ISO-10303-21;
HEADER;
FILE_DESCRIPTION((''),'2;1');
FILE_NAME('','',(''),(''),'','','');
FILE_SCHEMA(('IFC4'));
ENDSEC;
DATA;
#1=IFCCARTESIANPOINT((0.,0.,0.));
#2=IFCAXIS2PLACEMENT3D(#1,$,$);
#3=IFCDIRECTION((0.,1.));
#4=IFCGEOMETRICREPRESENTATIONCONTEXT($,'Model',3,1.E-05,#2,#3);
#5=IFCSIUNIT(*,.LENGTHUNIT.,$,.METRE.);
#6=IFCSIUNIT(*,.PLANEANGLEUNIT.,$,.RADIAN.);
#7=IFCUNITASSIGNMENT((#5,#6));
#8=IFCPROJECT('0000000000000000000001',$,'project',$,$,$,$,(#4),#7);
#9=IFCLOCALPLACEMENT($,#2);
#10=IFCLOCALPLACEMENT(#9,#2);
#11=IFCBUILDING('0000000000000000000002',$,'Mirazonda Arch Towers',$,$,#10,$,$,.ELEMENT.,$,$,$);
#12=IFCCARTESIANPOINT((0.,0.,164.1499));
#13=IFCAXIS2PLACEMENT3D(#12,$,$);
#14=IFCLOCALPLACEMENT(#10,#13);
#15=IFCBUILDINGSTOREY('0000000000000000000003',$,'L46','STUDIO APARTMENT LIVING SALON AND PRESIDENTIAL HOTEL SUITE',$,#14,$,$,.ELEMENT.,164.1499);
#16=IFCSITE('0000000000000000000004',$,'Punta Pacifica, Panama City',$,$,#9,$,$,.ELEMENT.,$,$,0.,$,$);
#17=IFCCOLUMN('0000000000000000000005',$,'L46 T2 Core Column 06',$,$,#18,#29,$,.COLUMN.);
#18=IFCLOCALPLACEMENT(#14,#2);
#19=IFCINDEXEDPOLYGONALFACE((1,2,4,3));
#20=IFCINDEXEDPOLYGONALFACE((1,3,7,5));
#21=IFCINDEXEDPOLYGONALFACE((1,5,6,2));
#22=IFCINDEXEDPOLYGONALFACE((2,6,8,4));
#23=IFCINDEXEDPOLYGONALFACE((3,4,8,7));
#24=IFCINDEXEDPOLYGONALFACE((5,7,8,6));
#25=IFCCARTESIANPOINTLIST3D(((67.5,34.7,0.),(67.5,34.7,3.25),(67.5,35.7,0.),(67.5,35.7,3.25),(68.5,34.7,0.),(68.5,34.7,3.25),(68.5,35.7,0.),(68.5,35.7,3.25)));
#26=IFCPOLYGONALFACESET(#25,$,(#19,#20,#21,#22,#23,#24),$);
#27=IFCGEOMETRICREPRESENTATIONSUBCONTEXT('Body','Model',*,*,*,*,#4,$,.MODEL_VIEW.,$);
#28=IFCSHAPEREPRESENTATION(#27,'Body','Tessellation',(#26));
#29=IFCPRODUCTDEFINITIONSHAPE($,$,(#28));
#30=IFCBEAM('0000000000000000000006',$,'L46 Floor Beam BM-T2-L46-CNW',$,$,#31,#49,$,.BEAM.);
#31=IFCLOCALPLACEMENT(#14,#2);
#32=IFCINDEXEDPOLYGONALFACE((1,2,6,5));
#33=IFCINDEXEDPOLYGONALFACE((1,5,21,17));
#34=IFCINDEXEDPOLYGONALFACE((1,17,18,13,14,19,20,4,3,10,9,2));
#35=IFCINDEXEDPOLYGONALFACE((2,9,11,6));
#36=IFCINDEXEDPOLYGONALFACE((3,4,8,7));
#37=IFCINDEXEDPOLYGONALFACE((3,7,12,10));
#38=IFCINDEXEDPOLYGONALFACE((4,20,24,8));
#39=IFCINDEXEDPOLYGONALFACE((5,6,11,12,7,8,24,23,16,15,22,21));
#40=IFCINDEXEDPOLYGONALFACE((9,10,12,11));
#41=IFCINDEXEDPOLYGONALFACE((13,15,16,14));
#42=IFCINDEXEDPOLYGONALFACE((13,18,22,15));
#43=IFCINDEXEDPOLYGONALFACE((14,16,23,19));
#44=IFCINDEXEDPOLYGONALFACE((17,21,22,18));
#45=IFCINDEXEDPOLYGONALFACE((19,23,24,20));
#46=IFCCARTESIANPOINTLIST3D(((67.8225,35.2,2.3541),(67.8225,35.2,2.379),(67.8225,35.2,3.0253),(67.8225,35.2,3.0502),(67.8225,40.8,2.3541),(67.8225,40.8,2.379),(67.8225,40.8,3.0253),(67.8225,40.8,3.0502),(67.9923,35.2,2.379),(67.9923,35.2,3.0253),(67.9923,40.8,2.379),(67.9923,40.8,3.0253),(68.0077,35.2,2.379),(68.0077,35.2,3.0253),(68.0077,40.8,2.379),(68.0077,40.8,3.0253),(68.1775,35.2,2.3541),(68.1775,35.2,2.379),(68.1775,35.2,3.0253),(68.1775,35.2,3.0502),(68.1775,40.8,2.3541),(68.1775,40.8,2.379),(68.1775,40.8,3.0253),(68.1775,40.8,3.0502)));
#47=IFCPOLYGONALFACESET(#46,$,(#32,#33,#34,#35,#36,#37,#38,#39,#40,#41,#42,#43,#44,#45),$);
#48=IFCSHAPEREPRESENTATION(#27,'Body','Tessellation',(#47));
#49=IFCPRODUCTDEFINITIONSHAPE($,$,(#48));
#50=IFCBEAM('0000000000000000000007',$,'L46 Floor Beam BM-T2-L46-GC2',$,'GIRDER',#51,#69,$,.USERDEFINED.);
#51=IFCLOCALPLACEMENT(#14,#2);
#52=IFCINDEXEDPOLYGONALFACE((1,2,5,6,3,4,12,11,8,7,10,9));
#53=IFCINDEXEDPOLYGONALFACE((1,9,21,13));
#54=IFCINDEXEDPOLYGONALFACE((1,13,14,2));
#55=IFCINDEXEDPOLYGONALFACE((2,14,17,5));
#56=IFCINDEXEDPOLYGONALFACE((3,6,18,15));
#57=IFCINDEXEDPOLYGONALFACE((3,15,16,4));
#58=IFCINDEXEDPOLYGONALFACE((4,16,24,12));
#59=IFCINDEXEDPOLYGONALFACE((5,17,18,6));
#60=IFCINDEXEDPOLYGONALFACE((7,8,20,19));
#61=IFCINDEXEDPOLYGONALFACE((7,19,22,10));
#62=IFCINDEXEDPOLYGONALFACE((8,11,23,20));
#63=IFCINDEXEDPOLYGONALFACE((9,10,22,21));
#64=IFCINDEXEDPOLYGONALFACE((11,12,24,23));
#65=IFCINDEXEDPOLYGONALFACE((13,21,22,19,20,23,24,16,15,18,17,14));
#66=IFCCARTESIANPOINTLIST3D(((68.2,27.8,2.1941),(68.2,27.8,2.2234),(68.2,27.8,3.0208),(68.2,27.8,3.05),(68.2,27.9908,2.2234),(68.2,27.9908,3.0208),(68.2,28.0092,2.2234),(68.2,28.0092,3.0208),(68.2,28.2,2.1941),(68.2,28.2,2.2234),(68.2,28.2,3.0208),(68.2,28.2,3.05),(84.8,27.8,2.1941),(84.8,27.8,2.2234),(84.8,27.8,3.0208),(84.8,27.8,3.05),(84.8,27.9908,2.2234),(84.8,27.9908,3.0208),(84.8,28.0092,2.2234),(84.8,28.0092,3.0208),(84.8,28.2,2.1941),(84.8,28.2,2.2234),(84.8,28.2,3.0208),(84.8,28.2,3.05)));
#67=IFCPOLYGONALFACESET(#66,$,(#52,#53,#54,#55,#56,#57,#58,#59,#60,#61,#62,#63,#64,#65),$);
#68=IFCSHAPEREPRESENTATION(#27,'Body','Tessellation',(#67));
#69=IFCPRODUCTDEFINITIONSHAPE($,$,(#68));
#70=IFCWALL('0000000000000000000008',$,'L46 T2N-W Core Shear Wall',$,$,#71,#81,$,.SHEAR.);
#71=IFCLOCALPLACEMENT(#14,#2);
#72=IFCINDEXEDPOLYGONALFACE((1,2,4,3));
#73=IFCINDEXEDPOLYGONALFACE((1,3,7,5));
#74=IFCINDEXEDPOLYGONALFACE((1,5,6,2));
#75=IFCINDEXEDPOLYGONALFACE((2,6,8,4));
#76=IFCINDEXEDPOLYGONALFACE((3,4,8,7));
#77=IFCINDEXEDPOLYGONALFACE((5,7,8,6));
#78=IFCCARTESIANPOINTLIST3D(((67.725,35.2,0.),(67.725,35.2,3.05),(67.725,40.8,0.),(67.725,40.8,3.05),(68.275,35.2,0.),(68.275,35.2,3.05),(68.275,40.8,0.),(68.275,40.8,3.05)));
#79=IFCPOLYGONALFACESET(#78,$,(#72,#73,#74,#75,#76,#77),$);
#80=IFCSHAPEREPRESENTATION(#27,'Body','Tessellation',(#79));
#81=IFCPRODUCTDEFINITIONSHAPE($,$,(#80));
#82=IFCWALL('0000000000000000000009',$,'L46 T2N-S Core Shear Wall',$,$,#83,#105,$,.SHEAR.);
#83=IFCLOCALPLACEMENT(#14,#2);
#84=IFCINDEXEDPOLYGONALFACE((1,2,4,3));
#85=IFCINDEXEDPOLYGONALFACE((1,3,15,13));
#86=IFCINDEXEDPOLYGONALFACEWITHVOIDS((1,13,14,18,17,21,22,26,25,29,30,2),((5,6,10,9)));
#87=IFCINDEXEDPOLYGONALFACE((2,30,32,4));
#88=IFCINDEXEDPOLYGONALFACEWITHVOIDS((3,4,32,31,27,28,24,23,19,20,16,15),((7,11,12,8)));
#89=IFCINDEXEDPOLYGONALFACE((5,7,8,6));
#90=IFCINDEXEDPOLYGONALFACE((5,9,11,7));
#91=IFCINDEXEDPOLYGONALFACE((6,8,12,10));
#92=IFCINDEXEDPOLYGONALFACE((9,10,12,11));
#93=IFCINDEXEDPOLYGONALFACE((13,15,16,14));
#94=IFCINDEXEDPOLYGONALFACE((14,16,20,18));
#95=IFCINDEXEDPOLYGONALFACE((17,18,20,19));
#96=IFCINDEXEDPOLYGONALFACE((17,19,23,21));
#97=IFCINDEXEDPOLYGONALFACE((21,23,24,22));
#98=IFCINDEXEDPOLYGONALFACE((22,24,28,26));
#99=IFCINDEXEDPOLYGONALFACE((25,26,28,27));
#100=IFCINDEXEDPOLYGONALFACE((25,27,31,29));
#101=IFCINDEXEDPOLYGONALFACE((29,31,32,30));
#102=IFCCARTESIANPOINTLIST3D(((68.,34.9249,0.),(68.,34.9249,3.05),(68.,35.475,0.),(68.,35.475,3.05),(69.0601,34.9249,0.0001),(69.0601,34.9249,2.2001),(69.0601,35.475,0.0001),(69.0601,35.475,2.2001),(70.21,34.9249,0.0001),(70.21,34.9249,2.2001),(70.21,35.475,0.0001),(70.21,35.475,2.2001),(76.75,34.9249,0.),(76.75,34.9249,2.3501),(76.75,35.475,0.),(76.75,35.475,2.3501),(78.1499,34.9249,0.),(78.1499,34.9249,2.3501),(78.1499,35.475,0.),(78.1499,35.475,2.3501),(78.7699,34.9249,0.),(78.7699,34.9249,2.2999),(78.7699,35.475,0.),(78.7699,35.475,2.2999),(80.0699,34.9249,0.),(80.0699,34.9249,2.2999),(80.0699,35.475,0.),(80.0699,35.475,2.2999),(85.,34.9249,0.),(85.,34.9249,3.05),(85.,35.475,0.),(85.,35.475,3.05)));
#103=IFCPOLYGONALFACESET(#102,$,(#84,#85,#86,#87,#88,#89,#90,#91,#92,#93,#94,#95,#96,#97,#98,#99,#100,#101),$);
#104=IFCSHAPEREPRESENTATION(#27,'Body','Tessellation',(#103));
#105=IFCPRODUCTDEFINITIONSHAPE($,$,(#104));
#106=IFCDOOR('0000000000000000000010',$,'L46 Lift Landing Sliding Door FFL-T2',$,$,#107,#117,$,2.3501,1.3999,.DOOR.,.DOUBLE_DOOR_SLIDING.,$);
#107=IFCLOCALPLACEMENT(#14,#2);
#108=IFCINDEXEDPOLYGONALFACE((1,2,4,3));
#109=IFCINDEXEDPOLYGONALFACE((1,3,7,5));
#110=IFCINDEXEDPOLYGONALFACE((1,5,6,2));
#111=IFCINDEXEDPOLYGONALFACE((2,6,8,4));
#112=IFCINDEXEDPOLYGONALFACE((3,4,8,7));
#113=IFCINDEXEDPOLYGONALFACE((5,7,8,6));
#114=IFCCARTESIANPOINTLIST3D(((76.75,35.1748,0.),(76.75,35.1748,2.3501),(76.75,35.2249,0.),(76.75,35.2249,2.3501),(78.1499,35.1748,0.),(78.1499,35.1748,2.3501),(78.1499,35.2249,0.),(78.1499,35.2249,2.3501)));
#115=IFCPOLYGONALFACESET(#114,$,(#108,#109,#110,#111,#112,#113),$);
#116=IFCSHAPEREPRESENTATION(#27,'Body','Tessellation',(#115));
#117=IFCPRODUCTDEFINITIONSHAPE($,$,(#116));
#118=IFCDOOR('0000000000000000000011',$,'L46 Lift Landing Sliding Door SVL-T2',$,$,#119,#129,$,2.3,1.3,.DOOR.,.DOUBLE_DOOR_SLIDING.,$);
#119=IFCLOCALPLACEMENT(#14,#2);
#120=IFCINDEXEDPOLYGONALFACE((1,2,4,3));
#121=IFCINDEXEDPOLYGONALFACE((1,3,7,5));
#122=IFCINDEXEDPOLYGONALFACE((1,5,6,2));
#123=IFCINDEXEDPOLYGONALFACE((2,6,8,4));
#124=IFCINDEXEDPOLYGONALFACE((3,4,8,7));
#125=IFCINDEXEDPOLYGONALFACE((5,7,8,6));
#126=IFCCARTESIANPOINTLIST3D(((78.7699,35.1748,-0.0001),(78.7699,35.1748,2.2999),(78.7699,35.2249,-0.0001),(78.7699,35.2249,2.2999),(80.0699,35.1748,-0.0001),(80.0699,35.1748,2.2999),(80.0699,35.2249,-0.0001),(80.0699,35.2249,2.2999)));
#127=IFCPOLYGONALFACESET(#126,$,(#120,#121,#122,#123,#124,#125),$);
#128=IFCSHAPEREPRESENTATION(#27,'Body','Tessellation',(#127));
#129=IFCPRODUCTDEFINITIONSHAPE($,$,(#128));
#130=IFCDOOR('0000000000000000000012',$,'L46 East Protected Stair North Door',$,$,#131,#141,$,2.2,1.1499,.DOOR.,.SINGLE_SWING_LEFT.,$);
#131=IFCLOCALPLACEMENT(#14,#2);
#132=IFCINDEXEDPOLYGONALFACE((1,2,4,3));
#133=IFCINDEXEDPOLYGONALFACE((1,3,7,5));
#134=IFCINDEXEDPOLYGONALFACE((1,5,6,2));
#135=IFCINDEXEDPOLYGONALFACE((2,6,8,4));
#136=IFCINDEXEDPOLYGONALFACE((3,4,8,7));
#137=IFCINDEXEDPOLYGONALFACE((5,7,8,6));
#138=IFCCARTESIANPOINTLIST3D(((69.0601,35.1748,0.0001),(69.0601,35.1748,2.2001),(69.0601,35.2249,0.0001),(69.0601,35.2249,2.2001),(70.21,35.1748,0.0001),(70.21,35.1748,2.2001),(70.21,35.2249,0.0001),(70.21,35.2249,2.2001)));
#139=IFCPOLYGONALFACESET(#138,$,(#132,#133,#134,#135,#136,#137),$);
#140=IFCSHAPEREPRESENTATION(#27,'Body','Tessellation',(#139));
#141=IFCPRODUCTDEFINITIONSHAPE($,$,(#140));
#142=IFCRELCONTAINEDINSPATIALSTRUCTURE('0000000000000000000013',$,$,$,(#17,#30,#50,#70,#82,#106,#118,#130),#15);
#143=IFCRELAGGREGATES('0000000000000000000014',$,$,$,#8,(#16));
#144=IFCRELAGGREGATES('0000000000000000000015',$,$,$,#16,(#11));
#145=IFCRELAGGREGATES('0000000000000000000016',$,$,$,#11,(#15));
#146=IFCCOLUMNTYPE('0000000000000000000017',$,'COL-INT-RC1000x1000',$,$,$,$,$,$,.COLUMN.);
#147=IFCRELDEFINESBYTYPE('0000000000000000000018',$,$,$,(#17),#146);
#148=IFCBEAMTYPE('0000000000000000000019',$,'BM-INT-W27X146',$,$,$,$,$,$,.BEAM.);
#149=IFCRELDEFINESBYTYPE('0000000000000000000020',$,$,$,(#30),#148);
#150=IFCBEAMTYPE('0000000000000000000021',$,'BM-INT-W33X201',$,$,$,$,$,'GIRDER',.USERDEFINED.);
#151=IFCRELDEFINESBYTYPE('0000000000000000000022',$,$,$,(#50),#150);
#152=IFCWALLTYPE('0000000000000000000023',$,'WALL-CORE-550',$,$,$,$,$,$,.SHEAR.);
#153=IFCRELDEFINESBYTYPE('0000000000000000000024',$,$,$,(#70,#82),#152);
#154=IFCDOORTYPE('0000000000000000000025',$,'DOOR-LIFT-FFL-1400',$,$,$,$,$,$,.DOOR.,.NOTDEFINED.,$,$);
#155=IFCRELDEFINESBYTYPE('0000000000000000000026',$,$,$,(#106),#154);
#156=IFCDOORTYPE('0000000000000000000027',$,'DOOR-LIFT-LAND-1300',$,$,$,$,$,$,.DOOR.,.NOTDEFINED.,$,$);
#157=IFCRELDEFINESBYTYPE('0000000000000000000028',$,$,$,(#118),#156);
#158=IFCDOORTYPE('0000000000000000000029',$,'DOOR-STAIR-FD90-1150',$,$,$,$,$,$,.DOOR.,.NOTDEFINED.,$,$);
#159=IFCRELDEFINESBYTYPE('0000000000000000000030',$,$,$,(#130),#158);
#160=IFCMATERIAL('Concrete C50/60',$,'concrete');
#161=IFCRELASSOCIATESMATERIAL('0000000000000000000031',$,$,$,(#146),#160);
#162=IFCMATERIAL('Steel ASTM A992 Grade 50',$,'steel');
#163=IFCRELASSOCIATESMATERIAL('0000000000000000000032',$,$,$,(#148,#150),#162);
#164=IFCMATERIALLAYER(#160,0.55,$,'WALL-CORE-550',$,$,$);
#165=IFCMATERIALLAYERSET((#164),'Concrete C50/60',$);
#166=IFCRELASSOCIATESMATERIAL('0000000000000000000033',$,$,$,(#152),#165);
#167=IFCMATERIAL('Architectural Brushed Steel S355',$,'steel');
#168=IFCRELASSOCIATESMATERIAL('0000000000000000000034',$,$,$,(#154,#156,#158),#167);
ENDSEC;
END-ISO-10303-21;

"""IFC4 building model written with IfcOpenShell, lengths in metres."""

from ifc_helpers import new_model, si_unit, direction, frame, frame_2d, origin, origin_2d, place, context, subcontext, project, spatial, rectangle, i_section, extrude, material, layer, layer_set, material_profile, profile_set, type_object, element, fill, save


model = new_model("IFC4")

# Units and contexts
model_context = context("Model", 3, precision=1e-05, world=origin(), true_north=direction((0.0, 1.0)))
body_context = subcontext(model_context, "Body", "Model", "MODEL_VIEW")
ifc_project = project(units=[si_unit("LENGTHUNIT", "METRE"), si_unit("PLANEANGLEUNIT", "RADIAN")], contexts=[model_context])

# Site, building, storey
site_placement = place(None, origin())
site = spatial("IfcSite", under=ifc_project, at=site_placement, Name="Punta Pacifica, Panama City", CompositionType="ELEMENT", RefElevation=0.0)
building_placement = place(site_placement, origin())
building = spatial("IfcBuilding", under=site, at=building_placement, Name="Mirazonda Arch Towers", CompositionType="ELEMENT")
storey_placement = place(building_placement, frame((0.0, 0.0, 164.1499)))
storey = spatial("IfcBuildingStorey", under=building, at=storey_placement, Name="L46", Description="STUDIO APARTMENT LIVING SALON AND PRESIDENTIAL HOTEL SUITE", CompositionType="ELEMENT", Elevation=164.1499)

# Column
ifc_material_1 = material(Name="Concrete C50/60", Category="concrete")
ifc_material_profile_1 = material_profile(ifc_material_1, rectangle(XDim=1.0, YDim=1.0, at=origin_2d()), Name="RC1000x1000")
ifc_profile_set_1 = profile_set([ifc_material_profile_1], Name="Concrete C50/60")
column_type = type_object("IfcColumnType", Name="COL-INT-RC1000x1000", PredefinedType="COLUMN", material=ifc_profile_set_1)
column_placement = place(storey_placement, frame((68.0, 35.2, 0.0), z_axis=(0.0, 0.0, 1.0), x_axis=(1.0, 0.0, 0.0)))
element("IfcColumn", 1, at=column_placement, inside=storey, type_object=column_type, Name="L46 T2 Core Column 06", PredefinedType="COLUMN", context=body_context, shape_type="SweptSolid", body=[
    extrude(rectangle(XDim=1.0, YDim=1.0, at=origin_2d()), origin(), (0.0, 0.0, 1.0), 3.25),
])

# Beams
ifc_material_2 = material(Name="Steel ASTM A992 Grade 50", Category="steel")
ifc_material_profile_2 = material_profile(ifc_material_2, i_section(OverallWidth=0.355, OverallDepth=0.696, WebThickness=0.0154, FlangeThickness=0.0249, at=origin_2d()), Name="W27X146")
ifc_profile_set_2 = profile_set([ifc_material_profile_2], Name="Steel ASTM A992 Grade 50")
beam_type_1 = type_object("IfcBeamType", Name="BM-INT-W27X146", PredefinedType="BEAM", material=ifc_profile_set_2)
beam_1_placement = place(storey_placement, frame((68.0, 35.2, 2.7021), z_axis=(0.0, 1.0, 0.0), x_axis=(-1.0, 0.0, 0.0)))
element("IfcBeam", 2, at=beam_1_placement, inside=storey, type_object=beam_type_1, Name="L46 Floor Beam BM-T2-L46-CNW", PredefinedType="BEAM", context=body_context, shape_type="SweptSolid", body=[
    extrude(i_section(OverallWidth=0.355, OverallDepth=0.696, WebThickness=0.0154, FlangeThickness=0.0249, at=origin_2d()), origin(), (0.0, 0.0, 1.0), 5.6001),
])
ifc_material_profile_3 = material_profile(ifc_material_2, i_section(OverallWidth=0.3999, OverallDepth=0.856, WebThickness=0.0183, FlangeThickness=0.0293, at=origin_2d()), Name="W33X201")
ifc_profile_set_3 = profile_set([ifc_material_profile_3], Name="Steel ASTM A992 Grade 50")
beam_type_2 = type_object("IfcBeamType", Name="BM-INT-W33X201", ElementType="GIRDER", PredefinedType="USERDEFINED", material=ifc_profile_set_3)
beam_2_placement = place(storey_placement, frame((68.2, 28.0, 2.6221), z_axis=(1.0, 0.0, 0.0), x_axis=(0.0, 1.0, 0.0)))
element("IfcBeam", 3, at=beam_2_placement, inside=storey, type_object=beam_type_2, Name="L46 Floor Beam BM-T2-L46-GC2", ObjectType="GIRDER", PredefinedType="USERDEFINED", context=body_context, shape_type="SweptSolid", body=[
    extrude(i_section(OverallWidth=0.3999, OverallDepth=0.856, WebThickness=0.0183, FlangeThickness=0.0293, at=origin_2d()), origin(), (0.0, 0.0, 1.0), 16.6001),
])

# Wall
ifc_layer_1 = layer(ifc_material_1, 0.55, Name="WALL-CORE-550")
ifc_layer_set_1 = layer_set([ifc_layer_1], Name="Concrete C50/60")
wall_type_1 = type_object("IfcWallType", Name="WALL-CORE-550", PredefinedType="SHEAR", material=ifc_layer_set_1)
wall_1_placement = place(storey_placement, frame((68.0, 35.2, 0.0), z_axis=(0.0, 0.0, 1.0), x_axis=(0.0, 1.0, 0.0)))
element("IfcWall", 4, at=wall_1_placement, inside=storey, type_object=wall_type_1, Name="L46 T2N-W Core Shear Wall", PredefinedType="SHEAR", context=body_context, shape_type="SweptSolid", body=[
    extrude(rectangle(XDim=5.6001, YDim=0.55, at=frame_2d((2.8, 0.0))), origin(), (0.0, 0.0, 1.0), 3.05),
])

# Wall, openings, doors
wall_2_placement = place(storey_placement, frame((68.0, 35.2, 0.0), z_axis=(0.0, 0.0, 1.0), x_axis=(1.0, 0.0, 0.0)))
wall_2 = element("IfcWall", 5, at=wall_2_placement, inside=storey, type_object=wall_type_1, Name="L46 T2N-S Core Shear Wall", PredefinedType="SHEAR", context=body_context, shape_type="SweptSolid", body=[
    extrude(rectangle(XDim=17.0, YDim=0.55, at=frame_2d((8.5, 0.0))), origin(), (0.0, 0.0, 1.0), 3.05),
])
opening_1_placement = place(wall_2_placement, frame((1.0601, 0.0, 0.0)))
opening_1 = element("IfcOpeningElement", 6, at=opening_1_placement, cuts=wall_2, PredefinedType="OPENING", context=body_context, shape_type="SweptSolid", body=[
    extrude(rectangle(XDim=1.1499, YDim=2.2, at=frame_2d((0.575, 1.1001))), frame((0.0, 0.2849, 0.0), z_axis=(0.0, -1.0, 0.0), x_axis=(1.0, 0.0, 0.0)), (0.0, 0.0, 1.0), 0.5701),
])
opening_2_placement = place(wall_2_placement, frame((8.75, 0.0, 0.0)))
opening_2 = element("IfcOpeningElement", 7, at=opening_2_placement, cuts=wall_2, PredefinedType="OPENING", context=body_context, shape_type="SweptSolid", body=[
    extrude(rectangle(XDim=1.3999, YDim=2.3501, at=frame_2d((0.7, 1.175))), frame((0.0, 0.2849, 0.0), z_axis=(0.0, -1.0, 0.0), x_axis=(1.0, 0.0, 0.0)), (0.0, 0.0, 1.0), 0.5701),
])
opening_3_placement = place(wall_2_placement, frame((10.77, 0.0, 0.0)))
opening_3 = element("IfcOpeningElement", 8, at=opening_3_placement, cuts=wall_2, PredefinedType="OPENING", context=body_context, shape_type="SweptSolid", body=[
    extrude(rectangle(XDim=1.3, YDim=2.3, at=frame_2d((0.6499, 1.1499))), frame((0.0, 0.2849, 0.0), z_axis=(0.0, -1.0, 0.0), x_axis=(1.0, 0.0, 0.0)), (0.0, 0.0, 1.0), 0.5701),
])
ifc_material_3 = material(Name="Architectural Brushed Steel S355", Category="steel")
door_type_1 = type_object("IfcDoorType", Name="DOOR-LIFT-FFL-1400", OperationType="NOTDEFINED", PredefinedType="DOOR", material=ifc_material_3)
door_1_placement = place(opening_2_placement, origin())
door_1 = element("IfcDoor", 9, at=door_1_placement, inside=storey, type_object=door_type_1, Name="L46 Lift Landing Sliding Door FFL-T2", OperationType="DOUBLE_DOOR_SLIDING", OverallHeight=2.3501, OverallWidth=1.3999, PredefinedType="DOOR", context=body_context, shape_type="SweptSolid", body=[
    extrude(rectangle(XDim=1.3999, YDim=2.3501, at=frame_2d((0.7, 1.175))), frame((0.0, 0.0249, 0.0), z_axis=(0.0, -1.0, 0.0), x_axis=(1.0, 0.0, 0.0)), (0.0, 0.0, 1.0), 0.05),
])
fill(opening_2, door_1)
door_type_2 = type_object("IfcDoorType", Name="DOOR-LIFT-LAND-1300", OperationType="NOTDEFINED", PredefinedType="DOOR", material=ifc_material_3)
door_2_placement = place(opening_3_placement, origin())
door_2 = element("IfcDoor", 10, at=door_2_placement, inside=storey, type_object=door_type_2, Name="L46 Lift Landing Sliding Door SVL-T2", OperationType="DOUBLE_DOOR_SLIDING", OverallHeight=2.3, OverallWidth=1.3, PredefinedType="DOOR", context=body_context, shape_type="SweptSolid", body=[
    extrude(rectangle(XDim=1.3, YDim=2.3, at=frame_2d((0.6499, 1.1499))), frame((0.0, 0.0249, 0.0), z_axis=(0.0, -1.0, 0.0), x_axis=(1.0, 0.0, 0.0)), (0.0, 0.0, 1.0), 0.05),
])
fill(opening_3, door_2)
door_type_3 = type_object("IfcDoorType", Name="DOOR-STAIR-FD90-1150", OperationType="NOTDEFINED", PredefinedType="DOOR", material=ifc_material_3)
door_3_placement = place(opening_1_placement, origin())
door_3 = element("IfcDoor", 11, at=door_3_placement, inside=storey, type_object=door_type_3, Name="L46 East Protected Stair North Door", OperationType="SINGLE_SWING_LEFT", OverallHeight=2.2, OverallWidth=1.1499, PredefinedType="DOOR", context=body_context, shape_type="SweptSolid", body=[
    extrude(rectangle(XDim=1.1499, YDim=2.2, at=frame_2d((0.575, 1.1001))), frame((0.0, 0.0249, 0.0), z_axis=(0.0, -1.0, 0.0), x_axis=(1.0, 0.0, 0.0)), (0.0, 0.0, 1.0), 0.05),
])
fill(opening_1, door_3)

save(model, "model.ifc")
